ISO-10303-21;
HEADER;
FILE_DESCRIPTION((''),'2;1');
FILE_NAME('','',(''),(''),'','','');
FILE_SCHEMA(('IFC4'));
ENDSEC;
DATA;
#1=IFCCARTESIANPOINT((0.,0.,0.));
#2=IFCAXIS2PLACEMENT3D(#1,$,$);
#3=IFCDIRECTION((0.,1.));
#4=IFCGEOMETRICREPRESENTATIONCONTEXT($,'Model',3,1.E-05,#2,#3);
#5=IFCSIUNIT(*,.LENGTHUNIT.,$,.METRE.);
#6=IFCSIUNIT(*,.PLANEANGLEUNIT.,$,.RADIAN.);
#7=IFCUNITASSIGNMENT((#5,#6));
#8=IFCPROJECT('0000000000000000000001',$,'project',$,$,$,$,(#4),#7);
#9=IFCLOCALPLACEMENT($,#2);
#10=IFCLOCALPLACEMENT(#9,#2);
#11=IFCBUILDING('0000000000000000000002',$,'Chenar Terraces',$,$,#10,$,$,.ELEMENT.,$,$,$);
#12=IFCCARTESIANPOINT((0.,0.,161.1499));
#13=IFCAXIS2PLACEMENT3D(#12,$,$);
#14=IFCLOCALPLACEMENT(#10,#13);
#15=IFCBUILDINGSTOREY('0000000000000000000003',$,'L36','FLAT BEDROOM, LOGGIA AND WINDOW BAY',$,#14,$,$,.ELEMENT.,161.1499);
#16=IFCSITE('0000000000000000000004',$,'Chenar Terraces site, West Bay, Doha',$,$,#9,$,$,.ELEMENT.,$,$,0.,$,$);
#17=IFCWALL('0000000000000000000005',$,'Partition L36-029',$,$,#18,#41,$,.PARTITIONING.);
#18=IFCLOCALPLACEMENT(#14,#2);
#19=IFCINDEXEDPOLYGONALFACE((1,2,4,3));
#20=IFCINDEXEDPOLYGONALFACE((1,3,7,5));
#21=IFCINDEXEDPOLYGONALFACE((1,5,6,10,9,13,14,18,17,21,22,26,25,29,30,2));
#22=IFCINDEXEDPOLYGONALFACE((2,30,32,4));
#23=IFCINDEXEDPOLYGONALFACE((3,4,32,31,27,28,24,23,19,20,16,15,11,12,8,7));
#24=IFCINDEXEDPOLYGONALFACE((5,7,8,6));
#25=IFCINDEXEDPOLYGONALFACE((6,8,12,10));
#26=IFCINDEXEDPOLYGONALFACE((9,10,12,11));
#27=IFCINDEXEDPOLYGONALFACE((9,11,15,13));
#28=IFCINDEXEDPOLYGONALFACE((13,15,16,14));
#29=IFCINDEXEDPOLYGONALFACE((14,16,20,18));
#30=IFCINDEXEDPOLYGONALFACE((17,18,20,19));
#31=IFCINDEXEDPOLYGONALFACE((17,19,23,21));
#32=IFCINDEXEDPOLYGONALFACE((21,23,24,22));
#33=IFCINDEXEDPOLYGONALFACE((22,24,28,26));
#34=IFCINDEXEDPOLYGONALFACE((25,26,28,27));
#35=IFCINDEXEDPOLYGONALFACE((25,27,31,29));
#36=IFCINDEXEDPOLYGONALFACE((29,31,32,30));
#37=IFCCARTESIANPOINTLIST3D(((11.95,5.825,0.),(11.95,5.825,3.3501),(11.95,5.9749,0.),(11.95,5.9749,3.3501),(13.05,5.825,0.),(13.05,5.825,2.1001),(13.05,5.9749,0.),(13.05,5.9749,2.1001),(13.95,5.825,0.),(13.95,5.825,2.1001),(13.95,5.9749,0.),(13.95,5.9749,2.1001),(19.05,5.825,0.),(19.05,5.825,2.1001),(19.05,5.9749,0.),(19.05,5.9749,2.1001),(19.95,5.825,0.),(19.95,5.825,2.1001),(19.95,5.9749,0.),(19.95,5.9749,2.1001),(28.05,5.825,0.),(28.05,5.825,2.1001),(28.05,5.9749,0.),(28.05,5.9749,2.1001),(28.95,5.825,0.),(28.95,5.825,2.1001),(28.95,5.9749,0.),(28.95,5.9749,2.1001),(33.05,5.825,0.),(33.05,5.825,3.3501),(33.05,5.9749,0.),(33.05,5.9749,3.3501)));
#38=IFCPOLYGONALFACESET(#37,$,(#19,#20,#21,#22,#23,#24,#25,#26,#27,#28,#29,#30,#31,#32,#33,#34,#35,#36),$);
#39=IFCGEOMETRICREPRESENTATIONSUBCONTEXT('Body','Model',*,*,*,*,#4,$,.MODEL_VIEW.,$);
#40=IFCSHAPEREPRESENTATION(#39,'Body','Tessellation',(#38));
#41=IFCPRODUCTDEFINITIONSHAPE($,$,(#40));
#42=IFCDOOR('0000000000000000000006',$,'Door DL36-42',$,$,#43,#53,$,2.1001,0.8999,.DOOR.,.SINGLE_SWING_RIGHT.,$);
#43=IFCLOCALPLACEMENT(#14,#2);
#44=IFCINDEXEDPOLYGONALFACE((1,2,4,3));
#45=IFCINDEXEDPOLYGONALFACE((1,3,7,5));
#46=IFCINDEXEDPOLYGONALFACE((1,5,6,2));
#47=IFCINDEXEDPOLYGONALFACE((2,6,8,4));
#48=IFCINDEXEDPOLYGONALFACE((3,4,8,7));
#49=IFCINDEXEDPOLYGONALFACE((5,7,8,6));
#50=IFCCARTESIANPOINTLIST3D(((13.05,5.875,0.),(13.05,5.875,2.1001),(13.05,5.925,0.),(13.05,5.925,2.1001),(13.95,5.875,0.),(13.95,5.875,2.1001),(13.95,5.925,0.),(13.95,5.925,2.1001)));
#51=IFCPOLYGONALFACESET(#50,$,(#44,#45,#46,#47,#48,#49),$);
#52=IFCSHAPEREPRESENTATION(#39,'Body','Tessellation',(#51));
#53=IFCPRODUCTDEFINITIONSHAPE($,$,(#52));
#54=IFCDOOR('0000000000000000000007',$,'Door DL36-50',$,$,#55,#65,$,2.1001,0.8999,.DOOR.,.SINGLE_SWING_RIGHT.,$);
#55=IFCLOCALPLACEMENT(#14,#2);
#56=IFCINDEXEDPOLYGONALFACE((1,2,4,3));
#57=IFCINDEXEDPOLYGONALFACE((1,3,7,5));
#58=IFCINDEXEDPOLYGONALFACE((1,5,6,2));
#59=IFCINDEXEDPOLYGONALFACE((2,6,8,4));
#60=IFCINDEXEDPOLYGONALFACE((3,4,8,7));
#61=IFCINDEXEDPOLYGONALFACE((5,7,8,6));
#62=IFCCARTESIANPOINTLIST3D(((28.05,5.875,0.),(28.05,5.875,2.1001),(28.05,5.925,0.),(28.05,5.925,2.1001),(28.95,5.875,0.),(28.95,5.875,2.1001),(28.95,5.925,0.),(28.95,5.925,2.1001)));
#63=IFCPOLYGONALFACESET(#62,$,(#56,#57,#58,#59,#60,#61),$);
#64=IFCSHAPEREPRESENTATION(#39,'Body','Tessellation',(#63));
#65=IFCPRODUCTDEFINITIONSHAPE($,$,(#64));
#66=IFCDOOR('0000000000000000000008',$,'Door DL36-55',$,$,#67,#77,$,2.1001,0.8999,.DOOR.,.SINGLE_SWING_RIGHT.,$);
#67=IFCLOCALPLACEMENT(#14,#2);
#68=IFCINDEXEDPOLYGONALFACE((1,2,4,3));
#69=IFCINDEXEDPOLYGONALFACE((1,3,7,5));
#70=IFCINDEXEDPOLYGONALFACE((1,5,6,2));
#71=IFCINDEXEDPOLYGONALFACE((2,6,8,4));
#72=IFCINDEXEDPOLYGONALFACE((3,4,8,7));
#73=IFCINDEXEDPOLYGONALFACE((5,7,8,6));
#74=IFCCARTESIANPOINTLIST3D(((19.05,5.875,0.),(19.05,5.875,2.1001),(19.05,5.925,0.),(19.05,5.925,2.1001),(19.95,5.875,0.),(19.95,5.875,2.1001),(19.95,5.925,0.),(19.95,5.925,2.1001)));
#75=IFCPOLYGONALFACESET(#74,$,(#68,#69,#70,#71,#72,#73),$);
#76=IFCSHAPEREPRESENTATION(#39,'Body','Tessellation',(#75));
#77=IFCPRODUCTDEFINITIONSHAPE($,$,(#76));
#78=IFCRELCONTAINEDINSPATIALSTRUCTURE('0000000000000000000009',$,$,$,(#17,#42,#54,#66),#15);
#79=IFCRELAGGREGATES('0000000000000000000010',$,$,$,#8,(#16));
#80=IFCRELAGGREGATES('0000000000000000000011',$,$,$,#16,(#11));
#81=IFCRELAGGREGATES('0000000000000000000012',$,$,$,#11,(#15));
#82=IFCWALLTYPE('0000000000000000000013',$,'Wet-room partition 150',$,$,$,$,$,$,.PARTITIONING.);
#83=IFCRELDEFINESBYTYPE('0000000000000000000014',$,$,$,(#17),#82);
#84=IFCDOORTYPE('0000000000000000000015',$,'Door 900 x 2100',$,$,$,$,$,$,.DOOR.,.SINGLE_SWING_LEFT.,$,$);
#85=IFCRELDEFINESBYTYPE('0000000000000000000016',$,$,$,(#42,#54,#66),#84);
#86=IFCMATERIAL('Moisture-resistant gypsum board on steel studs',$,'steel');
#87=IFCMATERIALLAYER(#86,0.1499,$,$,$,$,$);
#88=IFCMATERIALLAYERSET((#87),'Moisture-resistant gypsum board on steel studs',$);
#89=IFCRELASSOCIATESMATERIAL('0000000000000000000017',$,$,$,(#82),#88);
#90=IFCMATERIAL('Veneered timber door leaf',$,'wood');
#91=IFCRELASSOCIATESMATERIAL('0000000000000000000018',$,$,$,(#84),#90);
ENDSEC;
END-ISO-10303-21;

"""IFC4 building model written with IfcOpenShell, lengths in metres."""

from ifc_helpers import new_model, si_unit, direction, frame, frame_2d, origin, place, context, subcontext, project, spatial, rectangle, extrude, material, layer, layer_set, type_object, element, fill, save


model = new_model("IFC4")

# Units and contexts
model_context = context("Model", 3, precision=1e-05, world=origin(), true_north=direction((0.0, 1.0)))
body_context = subcontext(model_context, "Body", "Model", "MODEL_VIEW")
ifc_project = project(units=[si_unit("LENGTHUNIT", "METRE"), si_unit("PLANEANGLEUNIT", "RADIAN")], contexts=[model_context])

# Site, building, storey
site_placement = place(None, origin())
site = spatial("IfcSite", under=ifc_project, at=site_placement, Name="Chenar Terraces site, West Bay, Doha", CompositionType="ELEMENT", RefElevation=0.0)
building_placement = place(site_placement, origin())
building = spatial("IfcBuilding", under=site, at=building_placement, Name="Chenar Terraces", CompositionType="ELEMENT")
storey_placement = place(building_placement, frame((0.0, 0.0, 161.1499)))
storey = spatial("IfcBuildingStorey", under=building, at=storey_placement, Name="L36", Description="FLAT BEDROOM, LOGGIA AND WINDOW BAY", CompositionType="ELEMENT", Elevation=161.1499)

# Wall, openings, doors
ifc_material_1 = material(Name="Moisture-resistant gypsum board on steel studs", Category="steel")
ifc_layer_1 = layer(ifc_material_1, 0.1499)
ifc_layer_set_1 = layer_set([ifc_layer_1], Name="Moisture-resistant gypsum board on steel studs")
wall_type_1 = type_object("IfcWallType", Name="Wet-room partition 150", PredefinedType="PARTITIONING", material=ifc_layer_set_1)
wall_1_placement = place(storey_placement, frame((11.95, 5.8999, 0.0), z_axis=(0.0, 0.0, 1.0), x_axis=(1.0, 0.0, 0.0)))
wall_1 = element("IfcWall", 1, at=wall_1_placement, inside=storey, type_object=wall_type_1, Name="Partition L36-029", PredefinedType="PARTITIONING", context=body_context, shape_type="SweptSolid", body=[
    extrude(rectangle(XDim=21.1001, YDim=0.1499, at=frame_2d((10.55, 0.0))), origin(), (0.0, 0.0, 1.0), 3.3501),
])
opening_1_placement = place(wall_1_placement, frame((1.1001, 0.0, 0.0)))
opening_1 = element("IfcOpeningElement", 2, at=opening_1_placement, cuts=wall_1, PredefinedType="OPENING", context=body_context, shape_type="SweptSolid", body=[
    extrude(rectangle(XDim=0.8999, YDim=2.1001, at=frame_2d((0.45, 1.05))), frame((0.0, 0.085, 0.0), z_axis=(0.0, -1.0, 0.0), x_axis=(1.0, 0.0, 0.0)), (0.0, 0.0, 1.0), 0.1699),
])
opening_2_placement = place(wall_1_placement, frame((16.1001, 0.0, 0.0)))
opening_2 = element("IfcOpeningElement", 3, at=opening_2_placement, cuts=wall_1, PredefinedType="OPENING", context=body_context, shape_type="SweptSolid", body=[
    extrude(rectangle(XDim=0.8999, YDim=2.1001, at=frame_2d((0.45, 1.05))), frame((0.0, 0.085, 0.0), z_axis=(0.0, -1.0, 0.0), x_axis=(1.0, 0.0, 0.0)), (0.0, 0.0, 1.0), 0.1699),
])
opening_3_placement = place(wall_1_placement, frame((7.1001, 0.0, 0.0)))
opening_3 = element("IfcOpeningElement", 4, at=opening_3_placement, cuts=wall_1, PredefinedType="OPENING", context=body_context, shape_type="SweptSolid", body=[
    extrude(rectangle(XDim=0.8999, YDim=2.1001, at=frame_2d((0.45, 1.05))), frame((0.0, 0.085, 0.0), z_axis=(0.0, -1.0, 0.0), x_axis=(1.0, 0.0, 0.0)), (0.0, 0.0, 1.0), 0.1699),
])
ifc_material_2 = material(Name="Veneered timber door leaf", Category="wood")
door_type = type_object("IfcDoorType", Name="Door 900 x 2100", OperationType="SINGLE_SWING_LEFT", PredefinedType="DOOR", material=ifc_material_2)
door_1_placement = place(opening_1_placement, frame((0.8999, 0.0, 0.0), z_axis=(0.0, 0.0, 1.0), x_axis=(-1.0, 0.0, 0.0)))
door_1 = element("IfcDoor", 5, at=door_1_placement, inside=storey, type_object=door_type, Name="Door DL36-42", OperationType="SINGLE_SWING_RIGHT", OverallHeight=2.1001, OverallWidth=0.8999, PredefinedType="DOOR", context=body_context, shape_type="SweptSolid", body=[
    extrude(rectangle(XDim=0.8999, YDim=2.1001, at=frame_2d((0.45, 1.05))), frame((0.0, 0.0249, 0.0), z_axis=(0.0, -1.0, 0.0), x_axis=(1.0, 0.0, 0.0)), (0.0, 0.0, 1.0), 0.05),
])
fill(opening_1, door_1)
door_2_placement = place(opening_2_placement, frame((0.8999, 0.0, 0.0), z_axis=(0.0, 0.0, 1.0), x_axis=(-1.0, 0.0, 0.0)))
door_2 = element("IfcDoor", 6, at=door_2_placement, inside=storey, type_object=door_type, Name="Door DL36-50", OperationType="SINGLE_SWING_RIGHT", OverallHeight=2.1001, OverallWidth=0.8999, PredefinedType="DOOR", context=body_context, shape_type="SweptSolid", body=[
    extrude(rectangle(XDim=0.8999, YDim=2.1001, at=frame_2d((0.45, 1.05))), frame((0.0, 0.0249, 0.0), z_axis=(0.0, -1.0, 0.0), x_axis=(1.0, 0.0, 0.0)), (0.0, 0.0, 1.0), 0.05),
])
fill(opening_2, door_2)
door_3_placement = place(opening_3_placement, frame((0.8999, 0.0, 0.0), z_axis=(0.0, 0.0, 1.0), x_axis=(-1.0, 0.0, 0.0)))
door_3 = element("IfcDoor", 7, at=door_3_placement, inside=storey, type_object=door_type, Name="Door DL36-55", OperationType="SINGLE_SWING_RIGHT", OverallHeight=2.1001, OverallWidth=0.8999, PredefinedType="DOOR", context=body_context, shape_type="SweptSolid", body=[
    extrude(rectangle(XDim=0.8999, YDim=2.1001, at=frame_2d((0.45, 1.05))), frame((0.0, 0.0249, 0.0), z_axis=(0.0, -1.0, 0.0), x_axis=(1.0, 0.0, 0.0)), (0.0, 0.0, 1.0), 0.05),
])
fill(opening_3, door_3)

save(model, "model.ifc")
